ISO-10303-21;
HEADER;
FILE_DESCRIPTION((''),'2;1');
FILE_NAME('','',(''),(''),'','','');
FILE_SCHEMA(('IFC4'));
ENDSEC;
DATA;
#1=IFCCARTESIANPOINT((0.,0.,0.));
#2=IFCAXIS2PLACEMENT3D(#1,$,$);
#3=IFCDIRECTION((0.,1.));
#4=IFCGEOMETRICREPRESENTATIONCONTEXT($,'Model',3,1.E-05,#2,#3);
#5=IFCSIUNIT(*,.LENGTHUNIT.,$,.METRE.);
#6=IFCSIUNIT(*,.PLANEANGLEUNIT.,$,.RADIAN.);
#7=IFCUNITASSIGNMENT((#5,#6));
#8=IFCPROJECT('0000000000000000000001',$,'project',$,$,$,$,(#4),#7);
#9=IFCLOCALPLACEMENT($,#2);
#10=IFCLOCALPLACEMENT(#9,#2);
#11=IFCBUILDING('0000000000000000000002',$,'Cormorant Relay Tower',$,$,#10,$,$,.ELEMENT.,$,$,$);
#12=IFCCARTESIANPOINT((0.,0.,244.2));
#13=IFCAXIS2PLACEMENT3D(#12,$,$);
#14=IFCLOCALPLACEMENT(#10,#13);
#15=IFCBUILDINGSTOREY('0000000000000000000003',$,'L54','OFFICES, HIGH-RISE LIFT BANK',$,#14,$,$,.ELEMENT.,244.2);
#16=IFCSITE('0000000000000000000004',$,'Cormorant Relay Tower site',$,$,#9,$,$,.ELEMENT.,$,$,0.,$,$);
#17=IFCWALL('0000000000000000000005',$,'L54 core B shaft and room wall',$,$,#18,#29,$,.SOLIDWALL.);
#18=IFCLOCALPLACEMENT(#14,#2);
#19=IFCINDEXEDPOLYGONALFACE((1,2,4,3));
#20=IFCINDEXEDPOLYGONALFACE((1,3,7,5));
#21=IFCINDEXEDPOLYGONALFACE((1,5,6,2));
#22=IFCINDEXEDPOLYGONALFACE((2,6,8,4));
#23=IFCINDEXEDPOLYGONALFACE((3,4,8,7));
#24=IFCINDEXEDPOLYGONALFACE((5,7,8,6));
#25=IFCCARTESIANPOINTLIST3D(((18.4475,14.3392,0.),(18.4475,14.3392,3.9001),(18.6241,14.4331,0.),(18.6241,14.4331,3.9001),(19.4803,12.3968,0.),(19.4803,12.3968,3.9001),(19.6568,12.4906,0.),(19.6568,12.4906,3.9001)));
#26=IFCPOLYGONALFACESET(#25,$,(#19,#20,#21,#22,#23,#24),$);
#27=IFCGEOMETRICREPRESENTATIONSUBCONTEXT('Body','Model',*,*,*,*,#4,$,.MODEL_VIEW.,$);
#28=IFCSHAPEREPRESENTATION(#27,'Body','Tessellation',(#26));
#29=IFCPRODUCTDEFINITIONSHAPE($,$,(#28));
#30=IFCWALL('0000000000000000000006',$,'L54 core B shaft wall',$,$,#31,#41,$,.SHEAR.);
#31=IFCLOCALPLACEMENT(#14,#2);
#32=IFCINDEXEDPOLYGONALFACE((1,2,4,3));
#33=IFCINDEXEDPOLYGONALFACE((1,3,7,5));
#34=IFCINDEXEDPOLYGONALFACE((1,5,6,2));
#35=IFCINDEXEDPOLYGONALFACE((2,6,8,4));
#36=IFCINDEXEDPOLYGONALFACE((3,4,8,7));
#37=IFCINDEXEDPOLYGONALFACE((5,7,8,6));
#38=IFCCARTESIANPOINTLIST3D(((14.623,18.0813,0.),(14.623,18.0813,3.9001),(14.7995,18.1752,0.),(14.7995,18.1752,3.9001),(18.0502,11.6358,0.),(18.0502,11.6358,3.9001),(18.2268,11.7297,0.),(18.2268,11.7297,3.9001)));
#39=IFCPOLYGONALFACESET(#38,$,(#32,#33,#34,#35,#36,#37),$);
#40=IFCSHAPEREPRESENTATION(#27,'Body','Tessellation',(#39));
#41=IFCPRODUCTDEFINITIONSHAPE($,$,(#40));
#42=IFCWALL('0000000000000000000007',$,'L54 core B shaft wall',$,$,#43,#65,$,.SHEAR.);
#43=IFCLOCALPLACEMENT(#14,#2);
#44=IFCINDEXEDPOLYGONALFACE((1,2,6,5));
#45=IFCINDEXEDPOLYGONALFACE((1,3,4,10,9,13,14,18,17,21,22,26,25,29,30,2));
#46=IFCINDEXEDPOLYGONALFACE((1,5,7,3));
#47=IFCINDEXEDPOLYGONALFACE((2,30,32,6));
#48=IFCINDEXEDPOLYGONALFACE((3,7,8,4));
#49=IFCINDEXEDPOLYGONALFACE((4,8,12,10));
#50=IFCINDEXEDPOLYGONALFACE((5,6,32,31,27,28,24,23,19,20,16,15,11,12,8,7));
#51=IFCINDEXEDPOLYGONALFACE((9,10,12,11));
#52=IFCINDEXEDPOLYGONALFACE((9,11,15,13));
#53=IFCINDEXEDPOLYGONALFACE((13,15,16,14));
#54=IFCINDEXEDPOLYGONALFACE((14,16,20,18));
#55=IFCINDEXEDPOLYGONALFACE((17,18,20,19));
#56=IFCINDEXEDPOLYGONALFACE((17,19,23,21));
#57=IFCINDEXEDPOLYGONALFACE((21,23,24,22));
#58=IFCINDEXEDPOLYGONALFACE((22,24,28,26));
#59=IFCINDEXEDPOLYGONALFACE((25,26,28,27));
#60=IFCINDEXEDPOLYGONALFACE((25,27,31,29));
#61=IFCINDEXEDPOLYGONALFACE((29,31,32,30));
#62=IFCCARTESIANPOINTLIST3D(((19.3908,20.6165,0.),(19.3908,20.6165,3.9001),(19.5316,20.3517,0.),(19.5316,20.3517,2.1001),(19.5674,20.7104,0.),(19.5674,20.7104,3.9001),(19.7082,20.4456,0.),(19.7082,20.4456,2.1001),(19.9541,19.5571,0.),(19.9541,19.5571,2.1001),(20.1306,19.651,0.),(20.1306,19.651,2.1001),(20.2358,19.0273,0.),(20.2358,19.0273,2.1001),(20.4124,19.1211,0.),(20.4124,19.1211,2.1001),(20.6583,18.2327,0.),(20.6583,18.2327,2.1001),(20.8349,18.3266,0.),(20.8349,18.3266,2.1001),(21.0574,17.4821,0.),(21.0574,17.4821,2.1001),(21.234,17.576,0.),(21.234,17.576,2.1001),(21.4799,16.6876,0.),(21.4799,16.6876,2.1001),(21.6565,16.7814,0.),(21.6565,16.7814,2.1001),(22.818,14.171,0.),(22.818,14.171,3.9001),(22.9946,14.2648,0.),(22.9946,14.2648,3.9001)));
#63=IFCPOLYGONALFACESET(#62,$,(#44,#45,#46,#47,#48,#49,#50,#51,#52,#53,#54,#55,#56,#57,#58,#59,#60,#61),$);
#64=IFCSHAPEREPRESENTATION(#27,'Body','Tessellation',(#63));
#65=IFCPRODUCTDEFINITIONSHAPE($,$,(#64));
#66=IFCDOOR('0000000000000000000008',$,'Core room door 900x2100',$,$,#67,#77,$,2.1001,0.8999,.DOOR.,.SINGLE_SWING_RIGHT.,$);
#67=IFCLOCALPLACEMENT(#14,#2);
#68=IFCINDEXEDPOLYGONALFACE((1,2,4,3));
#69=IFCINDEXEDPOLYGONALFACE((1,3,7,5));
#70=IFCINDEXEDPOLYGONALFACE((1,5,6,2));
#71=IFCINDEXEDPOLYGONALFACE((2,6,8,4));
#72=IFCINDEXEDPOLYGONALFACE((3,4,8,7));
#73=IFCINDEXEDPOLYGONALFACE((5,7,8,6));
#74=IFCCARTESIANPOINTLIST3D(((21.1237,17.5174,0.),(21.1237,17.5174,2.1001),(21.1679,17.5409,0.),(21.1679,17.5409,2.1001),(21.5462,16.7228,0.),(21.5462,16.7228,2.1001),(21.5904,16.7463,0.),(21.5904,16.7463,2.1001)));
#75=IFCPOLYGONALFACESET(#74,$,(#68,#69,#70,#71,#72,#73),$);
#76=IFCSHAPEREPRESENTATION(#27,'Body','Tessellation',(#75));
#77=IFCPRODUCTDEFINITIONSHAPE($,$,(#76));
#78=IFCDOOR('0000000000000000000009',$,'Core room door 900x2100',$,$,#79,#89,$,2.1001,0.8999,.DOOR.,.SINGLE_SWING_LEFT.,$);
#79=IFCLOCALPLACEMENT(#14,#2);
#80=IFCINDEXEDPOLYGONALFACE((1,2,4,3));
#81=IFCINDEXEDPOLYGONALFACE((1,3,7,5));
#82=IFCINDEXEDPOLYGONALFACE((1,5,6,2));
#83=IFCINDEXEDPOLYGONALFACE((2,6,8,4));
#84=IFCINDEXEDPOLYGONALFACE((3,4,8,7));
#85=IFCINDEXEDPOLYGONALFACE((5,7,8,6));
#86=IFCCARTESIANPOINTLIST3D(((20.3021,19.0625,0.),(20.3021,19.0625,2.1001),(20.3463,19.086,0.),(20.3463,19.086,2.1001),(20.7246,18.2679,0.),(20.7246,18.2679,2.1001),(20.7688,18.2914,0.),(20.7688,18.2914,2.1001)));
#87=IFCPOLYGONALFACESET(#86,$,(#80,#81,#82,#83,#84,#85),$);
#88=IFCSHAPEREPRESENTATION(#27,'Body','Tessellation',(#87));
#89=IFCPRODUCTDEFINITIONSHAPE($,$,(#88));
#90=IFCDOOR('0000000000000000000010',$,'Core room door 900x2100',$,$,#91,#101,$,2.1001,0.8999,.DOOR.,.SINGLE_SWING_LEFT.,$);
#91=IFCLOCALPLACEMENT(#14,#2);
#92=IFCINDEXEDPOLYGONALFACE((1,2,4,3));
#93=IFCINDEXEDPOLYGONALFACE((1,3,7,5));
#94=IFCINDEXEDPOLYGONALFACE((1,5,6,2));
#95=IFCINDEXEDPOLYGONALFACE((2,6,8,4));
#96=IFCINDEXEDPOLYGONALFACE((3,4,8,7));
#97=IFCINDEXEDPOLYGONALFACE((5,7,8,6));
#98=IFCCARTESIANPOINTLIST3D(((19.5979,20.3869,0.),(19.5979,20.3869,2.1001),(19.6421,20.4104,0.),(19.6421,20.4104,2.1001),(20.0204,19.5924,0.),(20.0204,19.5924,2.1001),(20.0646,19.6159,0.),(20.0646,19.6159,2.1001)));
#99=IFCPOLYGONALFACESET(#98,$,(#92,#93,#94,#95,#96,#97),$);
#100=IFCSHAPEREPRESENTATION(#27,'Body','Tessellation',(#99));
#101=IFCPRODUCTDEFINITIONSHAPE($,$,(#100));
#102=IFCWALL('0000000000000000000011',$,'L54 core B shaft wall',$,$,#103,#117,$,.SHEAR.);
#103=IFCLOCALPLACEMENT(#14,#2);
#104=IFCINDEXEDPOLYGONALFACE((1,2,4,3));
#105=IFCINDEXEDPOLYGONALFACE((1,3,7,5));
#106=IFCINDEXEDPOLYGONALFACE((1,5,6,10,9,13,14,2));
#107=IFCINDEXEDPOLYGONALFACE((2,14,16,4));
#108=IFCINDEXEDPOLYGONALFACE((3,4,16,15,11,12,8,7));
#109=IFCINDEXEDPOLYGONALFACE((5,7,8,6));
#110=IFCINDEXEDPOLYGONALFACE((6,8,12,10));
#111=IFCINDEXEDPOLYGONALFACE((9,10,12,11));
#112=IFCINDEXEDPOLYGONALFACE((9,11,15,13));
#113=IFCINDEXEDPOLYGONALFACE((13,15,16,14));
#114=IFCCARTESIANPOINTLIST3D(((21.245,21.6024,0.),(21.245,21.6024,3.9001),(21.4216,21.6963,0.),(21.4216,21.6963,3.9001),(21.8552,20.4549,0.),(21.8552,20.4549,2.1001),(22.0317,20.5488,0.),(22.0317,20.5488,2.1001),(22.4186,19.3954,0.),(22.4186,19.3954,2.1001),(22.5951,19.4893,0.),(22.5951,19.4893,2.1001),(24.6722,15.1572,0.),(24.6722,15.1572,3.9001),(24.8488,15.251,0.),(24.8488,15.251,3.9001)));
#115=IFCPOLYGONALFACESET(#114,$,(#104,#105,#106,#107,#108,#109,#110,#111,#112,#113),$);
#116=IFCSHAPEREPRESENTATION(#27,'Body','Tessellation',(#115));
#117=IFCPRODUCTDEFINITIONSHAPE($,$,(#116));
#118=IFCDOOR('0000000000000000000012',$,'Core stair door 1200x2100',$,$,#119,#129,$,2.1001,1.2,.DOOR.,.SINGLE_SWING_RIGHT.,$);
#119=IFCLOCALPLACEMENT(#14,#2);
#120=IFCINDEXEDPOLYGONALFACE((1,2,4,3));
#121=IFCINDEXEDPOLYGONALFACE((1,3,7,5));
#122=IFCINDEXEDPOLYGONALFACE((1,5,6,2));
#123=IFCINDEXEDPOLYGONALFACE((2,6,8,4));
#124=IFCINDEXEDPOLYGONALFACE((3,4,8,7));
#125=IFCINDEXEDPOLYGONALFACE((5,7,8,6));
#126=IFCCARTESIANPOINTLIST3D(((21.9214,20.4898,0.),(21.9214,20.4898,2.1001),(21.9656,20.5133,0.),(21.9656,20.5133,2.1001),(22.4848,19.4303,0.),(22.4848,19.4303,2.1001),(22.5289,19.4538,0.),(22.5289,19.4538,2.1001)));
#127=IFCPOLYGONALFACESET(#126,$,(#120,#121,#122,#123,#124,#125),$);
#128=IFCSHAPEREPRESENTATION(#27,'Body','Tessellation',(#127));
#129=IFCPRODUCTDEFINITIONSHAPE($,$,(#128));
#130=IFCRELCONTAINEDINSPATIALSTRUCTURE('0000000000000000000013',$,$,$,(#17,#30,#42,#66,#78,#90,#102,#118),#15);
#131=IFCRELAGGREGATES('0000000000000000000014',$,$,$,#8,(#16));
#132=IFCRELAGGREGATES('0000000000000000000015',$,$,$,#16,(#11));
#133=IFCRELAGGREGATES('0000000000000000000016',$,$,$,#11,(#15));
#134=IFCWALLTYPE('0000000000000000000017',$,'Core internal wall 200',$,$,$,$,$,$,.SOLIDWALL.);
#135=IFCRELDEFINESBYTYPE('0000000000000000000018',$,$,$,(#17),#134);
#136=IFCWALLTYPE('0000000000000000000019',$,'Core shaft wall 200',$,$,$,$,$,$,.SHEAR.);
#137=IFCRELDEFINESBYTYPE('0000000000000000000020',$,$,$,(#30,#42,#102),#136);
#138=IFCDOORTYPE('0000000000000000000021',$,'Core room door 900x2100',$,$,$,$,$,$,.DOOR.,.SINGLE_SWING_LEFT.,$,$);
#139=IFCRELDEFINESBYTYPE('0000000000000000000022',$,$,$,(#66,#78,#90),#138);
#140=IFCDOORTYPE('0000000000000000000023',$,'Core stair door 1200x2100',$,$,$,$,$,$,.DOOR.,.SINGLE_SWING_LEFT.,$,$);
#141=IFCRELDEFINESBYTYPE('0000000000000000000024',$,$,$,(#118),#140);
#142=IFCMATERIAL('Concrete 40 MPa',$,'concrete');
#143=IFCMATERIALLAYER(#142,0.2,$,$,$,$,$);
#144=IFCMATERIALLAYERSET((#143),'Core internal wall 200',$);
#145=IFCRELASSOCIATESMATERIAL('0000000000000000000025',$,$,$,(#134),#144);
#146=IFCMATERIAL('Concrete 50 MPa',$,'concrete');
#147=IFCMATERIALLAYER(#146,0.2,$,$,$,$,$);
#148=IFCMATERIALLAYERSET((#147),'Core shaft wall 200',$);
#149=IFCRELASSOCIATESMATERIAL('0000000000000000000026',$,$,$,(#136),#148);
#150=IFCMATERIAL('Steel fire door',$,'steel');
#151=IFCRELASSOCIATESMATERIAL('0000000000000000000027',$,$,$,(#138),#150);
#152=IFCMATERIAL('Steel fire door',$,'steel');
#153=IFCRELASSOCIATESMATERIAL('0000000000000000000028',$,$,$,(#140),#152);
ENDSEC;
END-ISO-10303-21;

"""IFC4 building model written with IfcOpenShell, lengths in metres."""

from ifc_helpers import new_model, si_unit, direction, frame, frame_2d, origin, place, context, subcontext, project, spatial, rectangle, extrude, material, layer, layer_set, type_object, element, fill, save


model = new_model("IFC4")

# Units and contexts
model_context = context("Model", 3, precision=1e-05, world=origin(), true_north=direction((0.0, 1.0)))
body_context = subcontext(model_context, "Body", "Model", "MODEL_VIEW")
ifc_project = project(units=[si_unit("LENGTHUNIT", "METRE"), si_unit("PLANEANGLEUNIT", "RADIAN")], contexts=[model_context])

# Site, building, storey
site_placement = place(None, origin())
site = spatial("IfcSite", under=ifc_project, at=site_placement, Name="Cormorant Relay Tower site", CompositionType="ELEMENT", RefElevation=0.0)
building_placement = place(site_placement, origin())
building = spatial("IfcBuilding", under=site, at=building_placement, Name="Cormorant Relay Tower", CompositionType="ELEMENT")
storey_placement = place(building_placement, frame((0.0, 0.0, 244.2)))
storey = spatial("IfcBuildingStorey", under=building, at=storey_placement, Name="L54", Description="OFFICES, HIGH-RISE LIFT BANK", CompositionType="ELEMENT", Elevation=244.2)

# Walls
ifc_material_1 = material(Name="Concrete 40 MPa", Category="concrete")
ifc_layer_1 = layer(ifc_material_1, 0.2)
ifc_layer_set_1 = layer_set([ifc_layer_1], Name="Core internal wall 200")
wall_type_1 = type_object("IfcWallType", Name="Core internal wall 200", PredefinedType="SOLIDWALL", material=ifc_layer_set_1)
wall_1_placement = place(storey_placement, frame((19.5686, 12.4436, 0.0), z_axis=(0.0, 0.0, 1.0), x_axis=(-0.469447, 0.88296, 0.0)))
element("IfcWall", 1, at=wall_1_placement, inside=storey, type_object=wall_type_1, Name="L54 core B shaft and room wall", PredefinedType="SOLIDWALL", context=body_context, shape_type="SweptSolid", body=[
    extrude(rectangle(XDim=2.2, YDim=0.2, at=frame_2d((1.1001, 0.0))), origin(), (0.0, 0.0, 1.0), 3.9001),
])
ifc_material_2 = material(Name="Concrete 50 MPa", Category="concrete")
ifc_layer_2 = layer(ifc_material_2, 0.2)
ifc_layer_set_2 = layer_set([ifc_layer_2], Name="Core shaft wall 200")
wall_type_2 = type_object("IfcWallType", Name="Core shaft wall 200", PredefinedType="SHEAR", material=ifc_layer_set_2)
wall_2_placement = place(storey_placement, frame((18.1384, 11.6829, 0.0), z_axis=(0.0, 0.0, 1.0), x_axis=(-0.46948, 0.882943, 0.0)))
element("IfcWall", 2, at=wall_2_placement, inside=storey, type_object=wall_type_2, Name="L54 core B shaft wall", PredefinedType="SHEAR", context=body_context, shape_type="SweptSolid", body=[
    extrude(rectangle(XDim=7.3, YDim=0.2, at=frame_2d((3.6499, 0.0))), origin(), (0.0, 0.0, 1.0), 3.9001),
])

# Wall, openings, doors
wall_3_placement = place(storey_placement, frame((22.9062, 14.218, 0.0), z_axis=(0.0, 0.0, 1.0), x_axis=(-0.46948, 0.882943, 0.0)))
wall_3 = element("IfcWall", 3, at=wall_3_placement, inside=storey, type_object=wall_type_2, Name="L54 core B shaft wall", PredefinedType="SHEAR", context=body_context, shape_type="SweptSolid", body=[
    extrude(rectangle(XDim=7.3, YDim=0.2, at=frame_2d((3.6499, 0.0))), origin(), (0.0, 0.0, 1.0), 3.9001),
])
opening_1_placement = place(wall_3_placement, frame((2.8501, 0.0, 0.0)))
opening_1 = element("IfcOpeningElement", 4, at=opening_1_placement, cuts=wall_3, PredefinedType="OPENING", context=body_context, shape_type="SweptSolid", body=[
    extrude(rectangle(XDim=0.8999, YDim=2.1001, at=frame_2d((0.45, 1.05))), frame((0.0, 0.1099, 0.0), z_axis=(0.0, -1.0, 0.0), x_axis=(1.0, 0.0, 0.0)), (0.0, 0.0, 1.0), 0.22),
])
opening_2_placement = place(wall_3_placement, frame((4.6001, 0.0, 0.0)))
opening_2 = element("IfcOpeningElement", 5, at=opening_2_placement, cuts=wall_3, PredefinedType="OPENING", context=body_context, shape_type="SweptSolid", body=[
    extrude(rectangle(XDim=0.8999, YDim=2.1001, at=frame_2d((0.45, 1.05))), frame((0.0, 0.1099, 0.0), z_axis=(0.0, -1.0, 0.0), x_axis=(1.0, 0.0, 0.0)), (0.0, 0.0, 1.0), 0.22),
])
opening_3_placement = place(wall_3_placement, frame((6.1001, 0.0, 0.0)))
opening_3 = element("IfcOpeningElement", 6, at=opening_3_placement, cuts=wall_3, PredefinedType="OPENING", context=body_context, shape_type="SweptSolid", body=[
    extrude(rectangle(XDim=0.8999, YDim=2.1001, at=frame_2d((0.45, 1.05))), frame((0.0, 0.1099, 0.0), z_axis=(0.0, -1.0, 0.0), x_axis=(1.0, 0.0, 0.0)), (0.0, 0.0, 1.0), 0.22),
])
ifc_material_3 = material(Name="Steel fire door", Category="steel")
door_type_1 = type_object("IfcDoorType", Name="Core room door 900x2100", OperationType="SINGLE_SWING_LEFT", PredefinedType="DOOR", material=ifc_material_3)
door_1_placement = place(opening_1_placement, origin())
door_1 = element("IfcDoor", 7, at=door_1_placement, inside=storey, type_object=door_type_1, Name="Core room door 900x2100", OperationType="SINGLE_SWING_RIGHT", OverallHeight=2.1001, OverallWidth=0.8999, PredefinedType="DOOR", context=body_context, shape_type="SweptSolid", body=[
    extrude(rectangle(XDim=0.8999, YDim=2.1001, at=frame_2d((0.45, 1.05))), frame((0.0, 0.0249, 0.0), z_axis=(0.0, -1.0, 0.0), x_axis=(1.0, 0.0, 0.0)), (0.0, 0.0, 1.0), 0.05),
])
fill(opening_1, door_1)
door_2_placement = place(opening_2_placement, origin())
door_2 = element("IfcDoor", 8, at=door_2_placement, inside=storey, type_object=door_type_1, Name="Core room door 900x2100", OperationType="SINGLE_SWING_LEFT", OverallHeight=2.1001, OverallWidth=0.8999, PredefinedType="DOOR", context=body_context, shape_type="SweptSolid", body=[
    extrude(rectangle(XDim=0.8999, YDim=2.1001, at=frame_2d((0.45, 1.05))), frame((0.0, 0.0249, 0.0), z_axis=(0.0, -1.0, 0.0), x_axis=(1.0, 0.0, 0.0)), (0.0, 0.0, 1.0), 0.05),
])
fill(opening_2, door_2)
door_3_placement = place(opening_3_placement, origin())
door_3 = element("IfcDoor", 9, at=door_3_placement, inside=storey, type_object=door_type_1, Name="Core room door 900x2100", OperationType="SINGLE_SWING_LEFT", OverallHeight=2.1001, OverallWidth=0.8999, PredefinedType="DOOR", context=body_context, shape_type="SweptSolid", body=[
    extrude(rectangle(XDim=0.8999, YDim=2.1001, at=frame_2d((0.45, 1.05))), frame((0.0, 0.0249, 0.0), z_axis=(0.0, -1.0, 0.0), x_axis=(1.0, 0.0, 0.0)), (0.0, 0.0, 1.0), 0.05),
])
fill(opening_3, door_3)

# Wall, opening, door
wall_4_placement = place(storey_placement, frame((24.7605, 15.2041, 0.0), z_axis=(0.0, 0.0, 1.0), x_axis=(-0.469494, 0.882936, 0.0)))
wall_4 = element("IfcWall", 10, at=wall_4_placement, inside=storey, type_object=wall_type_2, Name="L54 core B shaft wall", PredefinedType="SHEAR", context=body_context, shape_type="SweptSolid", body=[
    extrude(rectangle(XDim=7.2998, YDim=0.2, at=frame_2d((3.6499, 0.0))), origin(), (0.0, 0.0, 1.0), 3.9001),
])
opening_4_placement = place(wall_4_placement, frame((4.8, 0.0, 0.0)))
opening_4 = element("IfcOpeningElement", 11, at=opening_4_placement, cuts=wall_4, PredefinedType="OPENING", context=body_context, shape_type="SweptSolid", body=[
    extrude(rectangle(XDim=1.2, YDim=2.1001, at=frame_2d((0.6001, 1.05))), frame((0.0, 0.1099, 0.0), z_axis=(0.0, -1.0, 0.0), x_axis=(1.0, 0.0, 0.0)), (0.0, 0.0, 1.0), 0.22),
])
ifc_material_4 = material(Name="Steel fire door", Category="steel")
door_type_2 = type_object("IfcDoorType", Name="Core stair door 1200x2100", OperationType="SINGLE_SWING_LEFT", PredefinedType="DOOR", material=ifc_material_4)
door_4_placement = place(opening_4_placement, frame((1.2, 0.0, 0.0), z_axis=(0.0, 0.0, 1.0), x_axis=(-1.0, 0.0, 0.0)))
door_4 = element("IfcDoor", 12, at=door_4_placement, inside=storey, type_object=door_type_2, Name="Core stair door 1200x2100", OperationType="SINGLE_SWING_RIGHT", OverallHeight=2.1001, OverallWidth=1.2, PredefinedType="DOOR", context=body_context, shape_type="SweptSolid", body=[
    extrude(rectangle(XDim=1.2, YDim=2.1001, at=frame_2d((0.6001, 1.05))), frame((0.0, 0.0249, 0.0), z_axis=(0.0, -1.0, 0.0), x_axis=(1.0, 0.0, 0.0)), (0.0, 0.0, 1.0), 0.05),
])
fill(opening_4, door_4)

save(model, "model.ifc")
